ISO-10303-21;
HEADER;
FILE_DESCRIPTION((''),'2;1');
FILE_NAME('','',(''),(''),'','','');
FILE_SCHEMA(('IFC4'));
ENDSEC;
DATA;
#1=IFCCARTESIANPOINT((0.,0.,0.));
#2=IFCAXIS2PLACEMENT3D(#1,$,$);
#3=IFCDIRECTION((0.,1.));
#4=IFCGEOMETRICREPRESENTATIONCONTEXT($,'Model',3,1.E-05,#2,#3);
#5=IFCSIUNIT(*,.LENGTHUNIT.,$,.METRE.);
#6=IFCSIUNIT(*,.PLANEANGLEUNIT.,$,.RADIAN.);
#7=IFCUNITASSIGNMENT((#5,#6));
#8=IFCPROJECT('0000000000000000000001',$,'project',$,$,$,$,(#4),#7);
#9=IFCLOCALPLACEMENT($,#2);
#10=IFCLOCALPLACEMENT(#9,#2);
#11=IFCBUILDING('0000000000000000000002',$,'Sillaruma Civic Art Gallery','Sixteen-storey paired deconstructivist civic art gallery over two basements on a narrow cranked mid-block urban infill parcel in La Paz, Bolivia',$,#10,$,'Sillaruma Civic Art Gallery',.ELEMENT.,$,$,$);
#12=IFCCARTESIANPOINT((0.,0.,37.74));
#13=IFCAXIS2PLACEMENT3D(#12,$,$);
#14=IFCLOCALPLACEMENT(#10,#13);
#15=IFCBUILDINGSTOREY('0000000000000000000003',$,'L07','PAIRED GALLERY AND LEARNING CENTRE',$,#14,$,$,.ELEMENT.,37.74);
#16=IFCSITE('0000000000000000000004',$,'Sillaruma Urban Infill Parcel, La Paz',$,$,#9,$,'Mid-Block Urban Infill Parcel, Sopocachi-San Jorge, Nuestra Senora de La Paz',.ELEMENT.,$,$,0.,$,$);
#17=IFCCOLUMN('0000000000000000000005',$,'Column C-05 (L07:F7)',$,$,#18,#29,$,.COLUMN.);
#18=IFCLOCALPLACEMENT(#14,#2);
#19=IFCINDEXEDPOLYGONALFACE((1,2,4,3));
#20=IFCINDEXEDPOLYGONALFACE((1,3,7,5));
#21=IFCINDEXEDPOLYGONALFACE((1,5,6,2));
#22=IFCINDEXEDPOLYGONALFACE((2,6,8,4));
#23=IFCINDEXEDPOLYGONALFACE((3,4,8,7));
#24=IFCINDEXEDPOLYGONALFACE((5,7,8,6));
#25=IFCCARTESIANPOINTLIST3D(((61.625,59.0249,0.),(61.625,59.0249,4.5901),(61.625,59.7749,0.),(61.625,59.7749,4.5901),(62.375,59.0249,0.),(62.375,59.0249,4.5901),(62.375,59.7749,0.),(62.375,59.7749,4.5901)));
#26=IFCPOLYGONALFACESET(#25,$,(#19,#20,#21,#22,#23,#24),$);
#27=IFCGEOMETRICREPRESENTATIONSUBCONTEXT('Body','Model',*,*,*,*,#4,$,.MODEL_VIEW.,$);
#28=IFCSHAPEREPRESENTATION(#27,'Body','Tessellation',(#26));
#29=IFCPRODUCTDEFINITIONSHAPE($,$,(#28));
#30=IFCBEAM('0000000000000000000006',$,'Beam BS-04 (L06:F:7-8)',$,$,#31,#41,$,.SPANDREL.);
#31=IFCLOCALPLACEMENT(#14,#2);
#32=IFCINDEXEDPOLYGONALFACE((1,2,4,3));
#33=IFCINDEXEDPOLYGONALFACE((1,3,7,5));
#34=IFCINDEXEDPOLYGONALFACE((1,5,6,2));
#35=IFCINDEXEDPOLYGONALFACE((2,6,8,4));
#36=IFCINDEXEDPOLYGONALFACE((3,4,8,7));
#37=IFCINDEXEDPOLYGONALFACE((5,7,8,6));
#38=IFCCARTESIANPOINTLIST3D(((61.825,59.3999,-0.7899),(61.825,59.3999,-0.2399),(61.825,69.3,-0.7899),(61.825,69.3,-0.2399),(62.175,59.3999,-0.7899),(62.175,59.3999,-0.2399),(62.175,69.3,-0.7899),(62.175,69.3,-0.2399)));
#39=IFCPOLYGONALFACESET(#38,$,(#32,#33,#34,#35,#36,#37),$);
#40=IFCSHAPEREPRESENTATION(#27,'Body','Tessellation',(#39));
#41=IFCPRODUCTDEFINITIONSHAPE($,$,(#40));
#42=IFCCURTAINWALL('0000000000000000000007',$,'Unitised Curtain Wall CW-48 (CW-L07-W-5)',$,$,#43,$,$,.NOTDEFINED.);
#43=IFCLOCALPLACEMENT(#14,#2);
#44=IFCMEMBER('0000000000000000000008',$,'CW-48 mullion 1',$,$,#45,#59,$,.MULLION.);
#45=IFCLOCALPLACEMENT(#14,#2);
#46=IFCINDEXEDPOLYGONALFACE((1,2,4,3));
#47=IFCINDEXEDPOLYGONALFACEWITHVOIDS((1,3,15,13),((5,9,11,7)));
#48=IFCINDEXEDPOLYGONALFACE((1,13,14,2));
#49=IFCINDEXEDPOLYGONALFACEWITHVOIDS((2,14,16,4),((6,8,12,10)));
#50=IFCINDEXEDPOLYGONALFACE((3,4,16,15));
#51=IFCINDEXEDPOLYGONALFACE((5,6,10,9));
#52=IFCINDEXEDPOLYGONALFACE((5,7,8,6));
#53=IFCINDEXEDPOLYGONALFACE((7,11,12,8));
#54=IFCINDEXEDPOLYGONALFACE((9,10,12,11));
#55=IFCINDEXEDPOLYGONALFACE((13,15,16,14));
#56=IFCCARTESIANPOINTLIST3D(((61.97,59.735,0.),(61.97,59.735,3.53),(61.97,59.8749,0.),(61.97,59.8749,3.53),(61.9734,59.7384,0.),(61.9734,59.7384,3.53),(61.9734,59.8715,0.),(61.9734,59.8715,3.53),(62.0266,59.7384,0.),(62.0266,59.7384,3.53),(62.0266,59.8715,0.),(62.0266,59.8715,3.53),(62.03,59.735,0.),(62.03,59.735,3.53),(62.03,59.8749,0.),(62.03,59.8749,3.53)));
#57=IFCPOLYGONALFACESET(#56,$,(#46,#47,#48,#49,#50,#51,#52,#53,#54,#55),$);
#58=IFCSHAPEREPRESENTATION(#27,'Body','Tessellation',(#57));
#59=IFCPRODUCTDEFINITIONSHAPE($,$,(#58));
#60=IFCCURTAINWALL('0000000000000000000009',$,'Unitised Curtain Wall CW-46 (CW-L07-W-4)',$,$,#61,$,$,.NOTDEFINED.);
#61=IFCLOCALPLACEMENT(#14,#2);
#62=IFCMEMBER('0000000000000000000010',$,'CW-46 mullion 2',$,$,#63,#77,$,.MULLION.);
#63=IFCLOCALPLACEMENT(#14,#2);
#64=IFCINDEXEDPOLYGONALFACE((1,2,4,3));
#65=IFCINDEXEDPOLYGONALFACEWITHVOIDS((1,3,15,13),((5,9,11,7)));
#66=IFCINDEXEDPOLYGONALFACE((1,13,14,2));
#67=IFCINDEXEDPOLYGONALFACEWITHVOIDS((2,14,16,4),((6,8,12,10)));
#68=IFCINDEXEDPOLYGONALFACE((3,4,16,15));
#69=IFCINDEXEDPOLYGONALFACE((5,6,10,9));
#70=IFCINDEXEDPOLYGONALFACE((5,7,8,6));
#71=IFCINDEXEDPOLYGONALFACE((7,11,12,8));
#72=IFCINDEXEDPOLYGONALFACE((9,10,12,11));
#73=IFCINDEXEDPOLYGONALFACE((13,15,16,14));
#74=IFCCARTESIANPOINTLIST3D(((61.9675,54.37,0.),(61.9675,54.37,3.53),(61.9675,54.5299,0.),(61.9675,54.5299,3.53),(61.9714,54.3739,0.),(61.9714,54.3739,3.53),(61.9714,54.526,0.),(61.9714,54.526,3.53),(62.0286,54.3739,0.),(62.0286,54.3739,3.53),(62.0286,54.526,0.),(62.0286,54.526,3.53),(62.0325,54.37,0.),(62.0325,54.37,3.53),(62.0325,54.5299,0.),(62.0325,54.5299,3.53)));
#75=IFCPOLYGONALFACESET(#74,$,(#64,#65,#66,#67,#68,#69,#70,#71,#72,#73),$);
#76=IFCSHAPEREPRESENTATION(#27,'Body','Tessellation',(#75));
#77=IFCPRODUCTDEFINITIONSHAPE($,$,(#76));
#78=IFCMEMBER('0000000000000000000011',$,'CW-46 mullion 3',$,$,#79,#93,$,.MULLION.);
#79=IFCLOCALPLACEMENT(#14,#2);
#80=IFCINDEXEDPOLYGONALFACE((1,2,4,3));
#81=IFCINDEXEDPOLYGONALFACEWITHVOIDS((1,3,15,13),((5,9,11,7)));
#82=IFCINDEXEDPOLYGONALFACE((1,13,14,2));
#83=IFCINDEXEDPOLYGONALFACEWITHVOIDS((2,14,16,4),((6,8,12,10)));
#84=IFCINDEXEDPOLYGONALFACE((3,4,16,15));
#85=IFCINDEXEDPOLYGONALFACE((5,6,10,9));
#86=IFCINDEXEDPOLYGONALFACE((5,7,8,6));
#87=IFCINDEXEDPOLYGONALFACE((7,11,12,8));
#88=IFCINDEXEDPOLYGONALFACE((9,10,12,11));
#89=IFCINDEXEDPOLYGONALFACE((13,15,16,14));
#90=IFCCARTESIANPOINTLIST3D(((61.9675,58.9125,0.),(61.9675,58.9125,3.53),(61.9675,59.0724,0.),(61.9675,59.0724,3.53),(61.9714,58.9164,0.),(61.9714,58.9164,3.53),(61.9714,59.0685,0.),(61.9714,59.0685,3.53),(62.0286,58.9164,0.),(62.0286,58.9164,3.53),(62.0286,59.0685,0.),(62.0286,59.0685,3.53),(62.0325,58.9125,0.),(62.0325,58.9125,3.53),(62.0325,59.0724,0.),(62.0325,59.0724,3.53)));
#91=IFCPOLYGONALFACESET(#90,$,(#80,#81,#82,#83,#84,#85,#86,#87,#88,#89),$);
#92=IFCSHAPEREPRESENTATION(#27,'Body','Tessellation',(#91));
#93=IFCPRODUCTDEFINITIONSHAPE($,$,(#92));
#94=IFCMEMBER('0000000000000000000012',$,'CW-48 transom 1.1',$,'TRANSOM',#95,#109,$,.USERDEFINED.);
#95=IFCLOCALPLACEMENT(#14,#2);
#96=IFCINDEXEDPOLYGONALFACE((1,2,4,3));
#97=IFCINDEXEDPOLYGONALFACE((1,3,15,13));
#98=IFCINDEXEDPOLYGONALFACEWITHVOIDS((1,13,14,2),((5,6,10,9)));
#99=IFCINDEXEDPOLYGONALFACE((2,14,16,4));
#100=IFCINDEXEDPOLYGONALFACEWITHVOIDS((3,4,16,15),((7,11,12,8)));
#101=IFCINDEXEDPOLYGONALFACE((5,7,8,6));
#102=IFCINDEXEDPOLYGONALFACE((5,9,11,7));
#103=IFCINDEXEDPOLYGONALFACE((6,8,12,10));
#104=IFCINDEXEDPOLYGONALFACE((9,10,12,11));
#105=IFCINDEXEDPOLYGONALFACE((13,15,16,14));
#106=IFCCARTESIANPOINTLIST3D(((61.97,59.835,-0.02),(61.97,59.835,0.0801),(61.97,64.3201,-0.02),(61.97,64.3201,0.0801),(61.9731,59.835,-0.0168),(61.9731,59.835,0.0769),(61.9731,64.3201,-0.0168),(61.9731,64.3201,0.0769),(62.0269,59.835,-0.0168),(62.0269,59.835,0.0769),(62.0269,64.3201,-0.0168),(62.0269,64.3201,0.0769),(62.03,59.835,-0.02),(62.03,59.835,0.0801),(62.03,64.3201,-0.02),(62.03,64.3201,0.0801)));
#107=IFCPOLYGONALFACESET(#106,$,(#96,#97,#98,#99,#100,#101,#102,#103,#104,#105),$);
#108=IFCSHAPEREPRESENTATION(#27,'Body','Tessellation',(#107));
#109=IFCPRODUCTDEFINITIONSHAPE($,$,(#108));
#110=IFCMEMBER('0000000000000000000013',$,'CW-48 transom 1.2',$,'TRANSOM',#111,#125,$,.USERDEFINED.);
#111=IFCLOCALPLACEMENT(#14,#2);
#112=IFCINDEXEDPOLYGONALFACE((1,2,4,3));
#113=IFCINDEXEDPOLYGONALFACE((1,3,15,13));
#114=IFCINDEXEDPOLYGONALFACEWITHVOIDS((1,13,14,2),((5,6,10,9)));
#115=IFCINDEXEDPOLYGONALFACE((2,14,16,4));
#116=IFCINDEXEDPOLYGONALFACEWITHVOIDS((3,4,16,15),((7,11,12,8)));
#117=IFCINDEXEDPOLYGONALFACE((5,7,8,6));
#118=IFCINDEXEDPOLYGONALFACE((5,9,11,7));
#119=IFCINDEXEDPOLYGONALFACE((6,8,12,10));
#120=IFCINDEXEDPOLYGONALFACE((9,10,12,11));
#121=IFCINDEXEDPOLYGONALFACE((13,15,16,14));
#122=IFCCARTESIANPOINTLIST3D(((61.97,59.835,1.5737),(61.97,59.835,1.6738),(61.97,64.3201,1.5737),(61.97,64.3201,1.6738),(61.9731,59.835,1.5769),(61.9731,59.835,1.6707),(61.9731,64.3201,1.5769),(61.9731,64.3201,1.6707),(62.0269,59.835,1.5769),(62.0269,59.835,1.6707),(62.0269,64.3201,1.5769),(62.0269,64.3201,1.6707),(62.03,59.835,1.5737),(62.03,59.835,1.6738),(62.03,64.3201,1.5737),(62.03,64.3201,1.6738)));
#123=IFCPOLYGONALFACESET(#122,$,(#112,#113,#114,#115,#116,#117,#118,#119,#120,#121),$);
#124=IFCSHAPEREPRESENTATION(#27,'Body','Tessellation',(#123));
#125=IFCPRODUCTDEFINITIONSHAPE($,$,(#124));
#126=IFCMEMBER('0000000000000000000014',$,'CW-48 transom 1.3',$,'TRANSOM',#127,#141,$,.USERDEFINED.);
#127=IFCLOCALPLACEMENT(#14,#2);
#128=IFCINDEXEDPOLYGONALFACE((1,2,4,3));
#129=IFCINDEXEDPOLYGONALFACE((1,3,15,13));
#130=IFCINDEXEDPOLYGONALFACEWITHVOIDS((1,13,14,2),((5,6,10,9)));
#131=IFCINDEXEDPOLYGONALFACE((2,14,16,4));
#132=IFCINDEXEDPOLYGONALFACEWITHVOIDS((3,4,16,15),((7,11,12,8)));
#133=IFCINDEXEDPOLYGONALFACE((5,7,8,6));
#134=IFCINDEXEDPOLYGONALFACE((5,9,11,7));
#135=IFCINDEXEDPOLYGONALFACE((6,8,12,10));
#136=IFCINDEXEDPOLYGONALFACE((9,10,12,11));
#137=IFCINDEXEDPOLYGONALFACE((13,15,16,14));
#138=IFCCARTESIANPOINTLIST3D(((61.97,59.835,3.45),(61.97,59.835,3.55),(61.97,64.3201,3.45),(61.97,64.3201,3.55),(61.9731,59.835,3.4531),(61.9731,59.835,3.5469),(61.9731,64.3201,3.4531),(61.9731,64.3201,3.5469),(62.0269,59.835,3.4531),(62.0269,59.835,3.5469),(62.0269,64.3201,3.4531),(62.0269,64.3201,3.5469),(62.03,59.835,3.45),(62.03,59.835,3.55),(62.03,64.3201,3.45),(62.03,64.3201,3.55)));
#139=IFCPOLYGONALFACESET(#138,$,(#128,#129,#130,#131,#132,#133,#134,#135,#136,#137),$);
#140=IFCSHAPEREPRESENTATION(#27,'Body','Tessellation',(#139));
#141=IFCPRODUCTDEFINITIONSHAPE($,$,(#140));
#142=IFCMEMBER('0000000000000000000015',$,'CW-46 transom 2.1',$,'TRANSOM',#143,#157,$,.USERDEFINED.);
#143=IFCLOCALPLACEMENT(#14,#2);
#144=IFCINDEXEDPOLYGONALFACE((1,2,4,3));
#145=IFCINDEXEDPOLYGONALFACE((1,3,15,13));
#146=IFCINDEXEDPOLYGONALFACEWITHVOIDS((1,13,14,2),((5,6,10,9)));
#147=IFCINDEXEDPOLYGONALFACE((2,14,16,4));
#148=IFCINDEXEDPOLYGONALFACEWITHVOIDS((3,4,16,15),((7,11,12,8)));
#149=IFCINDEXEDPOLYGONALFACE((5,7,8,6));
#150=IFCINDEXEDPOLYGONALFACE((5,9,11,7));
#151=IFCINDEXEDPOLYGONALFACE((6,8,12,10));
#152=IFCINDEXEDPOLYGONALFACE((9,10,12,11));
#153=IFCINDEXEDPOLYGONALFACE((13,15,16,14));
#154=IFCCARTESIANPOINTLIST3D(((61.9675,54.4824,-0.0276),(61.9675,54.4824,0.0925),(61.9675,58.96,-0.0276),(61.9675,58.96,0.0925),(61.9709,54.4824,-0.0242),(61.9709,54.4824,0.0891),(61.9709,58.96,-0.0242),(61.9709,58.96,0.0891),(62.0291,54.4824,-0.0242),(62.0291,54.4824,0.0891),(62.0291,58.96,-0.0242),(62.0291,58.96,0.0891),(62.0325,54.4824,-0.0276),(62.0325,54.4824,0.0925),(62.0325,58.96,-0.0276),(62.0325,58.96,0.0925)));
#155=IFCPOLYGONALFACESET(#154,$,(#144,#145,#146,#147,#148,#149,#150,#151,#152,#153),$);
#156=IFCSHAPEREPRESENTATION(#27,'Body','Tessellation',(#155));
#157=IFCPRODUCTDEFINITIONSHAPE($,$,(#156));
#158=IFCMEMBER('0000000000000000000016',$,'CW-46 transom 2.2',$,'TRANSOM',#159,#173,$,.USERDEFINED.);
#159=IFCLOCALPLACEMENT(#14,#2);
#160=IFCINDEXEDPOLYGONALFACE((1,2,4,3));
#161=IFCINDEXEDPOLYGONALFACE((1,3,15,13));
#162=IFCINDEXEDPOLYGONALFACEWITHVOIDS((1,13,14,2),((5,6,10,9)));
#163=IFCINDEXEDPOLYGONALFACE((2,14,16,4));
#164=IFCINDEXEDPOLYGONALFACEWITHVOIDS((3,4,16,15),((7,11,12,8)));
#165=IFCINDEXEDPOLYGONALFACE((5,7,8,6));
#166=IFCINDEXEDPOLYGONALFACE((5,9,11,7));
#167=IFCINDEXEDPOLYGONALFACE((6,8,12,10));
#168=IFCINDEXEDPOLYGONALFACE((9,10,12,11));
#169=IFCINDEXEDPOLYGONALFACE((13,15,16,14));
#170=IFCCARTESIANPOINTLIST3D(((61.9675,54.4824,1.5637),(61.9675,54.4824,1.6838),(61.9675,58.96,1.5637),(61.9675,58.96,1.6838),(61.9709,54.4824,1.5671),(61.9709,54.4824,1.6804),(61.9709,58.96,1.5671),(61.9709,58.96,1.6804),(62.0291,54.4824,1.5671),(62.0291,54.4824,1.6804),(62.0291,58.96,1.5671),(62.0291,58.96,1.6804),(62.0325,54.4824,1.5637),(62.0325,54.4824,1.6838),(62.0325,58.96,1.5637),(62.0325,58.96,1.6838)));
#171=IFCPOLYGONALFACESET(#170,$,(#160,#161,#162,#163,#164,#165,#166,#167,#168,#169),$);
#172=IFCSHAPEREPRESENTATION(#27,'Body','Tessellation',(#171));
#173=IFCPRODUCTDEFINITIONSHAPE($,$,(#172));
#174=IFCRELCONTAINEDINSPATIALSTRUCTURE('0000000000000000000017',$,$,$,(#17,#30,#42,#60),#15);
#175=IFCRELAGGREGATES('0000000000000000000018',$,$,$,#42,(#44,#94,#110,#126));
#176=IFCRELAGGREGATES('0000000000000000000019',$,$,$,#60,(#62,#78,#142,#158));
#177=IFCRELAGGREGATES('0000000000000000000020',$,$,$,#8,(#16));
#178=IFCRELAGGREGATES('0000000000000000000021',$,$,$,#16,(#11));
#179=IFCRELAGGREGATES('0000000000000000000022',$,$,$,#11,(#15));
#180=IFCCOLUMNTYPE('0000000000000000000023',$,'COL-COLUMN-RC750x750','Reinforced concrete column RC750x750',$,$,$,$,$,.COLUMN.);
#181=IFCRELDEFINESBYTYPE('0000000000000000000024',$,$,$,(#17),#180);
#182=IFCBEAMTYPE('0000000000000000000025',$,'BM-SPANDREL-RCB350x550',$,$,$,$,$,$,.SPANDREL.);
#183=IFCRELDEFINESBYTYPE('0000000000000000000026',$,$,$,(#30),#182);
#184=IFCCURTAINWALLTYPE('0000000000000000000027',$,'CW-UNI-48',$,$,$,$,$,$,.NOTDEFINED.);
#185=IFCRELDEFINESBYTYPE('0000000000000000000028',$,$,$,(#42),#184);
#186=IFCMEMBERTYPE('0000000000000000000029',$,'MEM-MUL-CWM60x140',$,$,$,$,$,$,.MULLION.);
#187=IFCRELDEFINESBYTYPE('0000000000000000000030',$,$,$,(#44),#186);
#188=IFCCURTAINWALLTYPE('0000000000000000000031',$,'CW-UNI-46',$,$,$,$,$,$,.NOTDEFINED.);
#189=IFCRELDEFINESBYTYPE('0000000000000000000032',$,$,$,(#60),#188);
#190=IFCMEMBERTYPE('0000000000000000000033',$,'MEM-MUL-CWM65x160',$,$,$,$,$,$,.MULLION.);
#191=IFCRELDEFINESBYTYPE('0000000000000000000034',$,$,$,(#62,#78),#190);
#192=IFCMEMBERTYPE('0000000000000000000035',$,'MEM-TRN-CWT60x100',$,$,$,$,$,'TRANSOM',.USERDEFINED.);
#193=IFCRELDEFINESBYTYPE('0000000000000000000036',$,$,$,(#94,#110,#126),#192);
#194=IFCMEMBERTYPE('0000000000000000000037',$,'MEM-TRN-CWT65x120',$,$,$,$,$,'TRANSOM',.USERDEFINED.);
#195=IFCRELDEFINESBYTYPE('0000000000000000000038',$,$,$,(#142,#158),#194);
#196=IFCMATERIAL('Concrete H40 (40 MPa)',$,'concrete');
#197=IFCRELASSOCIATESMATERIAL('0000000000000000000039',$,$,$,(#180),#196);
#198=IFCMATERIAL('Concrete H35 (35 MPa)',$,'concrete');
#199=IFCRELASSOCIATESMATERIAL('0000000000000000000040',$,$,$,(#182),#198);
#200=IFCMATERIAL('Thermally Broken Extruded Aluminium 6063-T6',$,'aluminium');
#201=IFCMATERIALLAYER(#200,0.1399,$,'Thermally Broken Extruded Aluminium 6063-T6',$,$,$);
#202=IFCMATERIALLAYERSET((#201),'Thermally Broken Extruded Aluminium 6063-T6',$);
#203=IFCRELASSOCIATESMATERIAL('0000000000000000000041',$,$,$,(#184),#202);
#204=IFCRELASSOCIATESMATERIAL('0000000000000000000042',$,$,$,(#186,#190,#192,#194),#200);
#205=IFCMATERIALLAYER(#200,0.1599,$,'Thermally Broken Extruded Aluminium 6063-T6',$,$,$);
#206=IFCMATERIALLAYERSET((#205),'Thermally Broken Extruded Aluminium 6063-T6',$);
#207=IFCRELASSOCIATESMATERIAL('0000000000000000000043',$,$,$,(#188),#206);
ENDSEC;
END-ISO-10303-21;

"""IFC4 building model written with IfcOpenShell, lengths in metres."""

from ifc_helpers import new_model, si_unit, direction, frame, origin, origin_2d, place, context, subcontext, project, spatial, rectangle, hollow_rectangle, extrude, material, layer, layer_set, material_profile, profile_set, type_object, element, aggregate, save


model = new_model("IFC4")

# Units and contexts
model_context = context("Model", 3, precision=1e-05, world=origin(), true_north=direction((0.0, 1.0)))
body_context = subcontext(model_context, "Body", "Model", "MODEL_VIEW")
ifc_project = project(units=[si_unit("LENGTHUNIT", "METRE"), si_unit("PLANEANGLEUNIT", "RADIAN")], contexts=[model_context])

# Site, building, storey
site_placement = place(None, origin())
site = spatial("IfcSite", under=ifc_project, at=site_placement, Name="Sillaruma Urban Infill Parcel, La Paz", LongName="Mid-Block Urban Infill Parcel, Sopocachi-San Jorge, Nuestra Senora de La Paz", CompositionType="ELEMENT", RefElevation=0.0)
building_placement = place(site_placement, origin())
building = spatial("IfcBuilding", under=site, at=building_placement, Name="Sillaruma Civic Art Gallery", Description="Sixteen-storey paired deconstructivist civic art gallery over two basements on a narrow cranked mid-block urban infill parcel in La Paz, Bolivia", LongName="Sillaruma Civic Art Gallery", CompositionType="ELEMENT")
storey_placement = place(building_placement, frame((0.0, 0.0, 37.74)))
storey = spatial("IfcBuildingStorey", under=building, at=storey_placement, Name="L07", Description="PAIRED GALLERY AND LEARNING CENTRE", CompositionType="ELEMENT", Elevation=37.74)

# Column
ifc_material_1 = material(Name="Concrete H40 (40 MPa)", Category="concrete")
ifc_material_profile_1 = material_profile(ifc_material_1, rectangle(XDim=0.75, YDim=0.75, at=origin_2d()), Name="RC750x750")
ifc_profile_set_1 = profile_set([ifc_material_profile_1], Name="Concrete H40 (40 MPa)")
column_type = type_object("IfcColumnType", Name="COL-COLUMN-RC750x750", Description="Reinforced concrete column RC750x750", PredefinedType="COLUMN", material=ifc_profile_set_1)
column_placement = place(storey_placement, frame((62.0, 59.3999, 0.0), z_axis=(0.0, 0.0, 1.0), x_axis=(1.0, 0.0, 0.0)))
element("IfcColumn", 1, at=column_placement, inside=storey, type_object=column_type, Name="Column C-05 (L07:F7)", PredefinedType="COLUMN", context=body_context, shape_type="SweptSolid", body=[
    extrude(rectangle(XDim=0.75, YDim=0.75, at=origin_2d()), origin(), (0.0, 0.0, 1.0), 4.5901),
])

# Beam
ifc_material_2 = material(Name="Concrete H35 (35 MPa)", Category="concrete")
ifc_material_profile_2 = material_profile(ifc_material_2, rectangle(XDim=0.3501, YDim=0.55, at=origin_2d()), Name="RCB350x550")
ifc_profile_set_2 = profile_set([ifc_material_profile_2], Name="Concrete H35 (35 MPa)")
beam_type = type_object("IfcBeamType", Name="BM-SPANDREL-RCB350x550", PredefinedType="SPANDREL", material=ifc_profile_set_2)
beam_placement = place(storey_placement, frame((62.0, 59.3999, -0.5149), z_axis=(0.0, 1.0, 0.0), x_axis=(-1.0, 0.0, 0.0)))
element("IfcBeam", 2, at=beam_placement, inside=storey, type_object=beam_type, Name="Beam BS-04 (L06:F:7-8)", PredefinedType="SPANDREL", context=body_context, shape_type="SweptSolid", body=[
    extrude(rectangle(XDim=0.3501, YDim=0.55, at=origin_2d()), origin(), (0.0, 0.0, 1.0), 9.9001),
])

# Curtain wall, member
ifc_material_3 = material(Name="Thermally Broken Extruded Aluminium 6063-T6", Category="aluminium")
ifc_layer_1 = layer(ifc_material_3, 0.1399, Name="Thermally Broken Extruded Aluminium 6063-T6")
ifc_layer_set_1 = layer_set([ifc_layer_1], Name="Thermally Broken Extruded Aluminium 6063-T6")
curtain_wall_type_1 = type_object("IfcCurtainWallType", Name="CW-UNI-48", PredefinedType="NOTDEFINED", material=ifc_layer_set_1)
curtain_wall_1_placement = place(storey_placement, origin())
curtain_wall_1 = element("IfcCurtainWall", 3, at=curtain_wall_1_placement, inside=storey, type_object=curtain_wall_type_1, Name="Unitised Curtain Wall CW-48 (CW-L07-W-5)", PredefinedType="NOTDEFINED")
ifc_material_profile_3 = material_profile(ifc_material_3, hollow_rectangle(XDim=0.0601, YDim=0.1399, WallThickness=0.0034, at=origin_2d()), Name="CWM60x140")
ifc_profile_set_3 = profile_set([ifc_material_profile_3], Name="Thermally Broken Extruded Aluminium 6063-T6")
member_type_1 = type_object("IfcMemberType", Name="MEM-MUL-CWM60x140", PredefinedType="MULLION", material=ifc_profile_set_3)
member_1_placement = place(storey_placement, frame((62.0, 59.8049, 0.0), z_axis=(0.0, 0.0, 1.0), x_axis=(-1.0, 0.0, 0.0)))
member_1 = element("IfcMember", 4, at=member_1_placement, type_object=member_type_1, Name="CW-48 mullion 1", PredefinedType="MULLION", context=body_context, shape_type="SweptSolid", body=[
    extrude(hollow_rectangle(XDim=0.0601, YDim=0.1399, WallThickness=0.0034, at=origin_2d()), origin(), (0.0, 0.0, 1.0), 3.53),
])

# Curtain wall, members
ifc_layer_2 = layer(ifc_material_3, 0.1599, Name="Thermally Broken Extruded Aluminium 6063-T6")
ifc_layer_set_2 = layer_set([ifc_layer_2], Name="Thermally Broken Extruded Aluminium 6063-T6")
curtain_wall_type_2 = type_object("IfcCurtainWallType", Name="CW-UNI-46", PredefinedType="NOTDEFINED", material=ifc_layer_set_2)
curtain_wall_2_placement = place(storey_placement, origin())
curtain_wall_2 = element("IfcCurtainWall", 5, at=curtain_wall_2_placement, inside=storey, type_object=curtain_wall_type_2, Name="Unitised Curtain Wall CW-46 (CW-L07-W-4)", PredefinedType="NOTDEFINED")
ifc_material_profile_4 = material_profile(ifc_material_3, hollow_rectangle(XDim=0.0649, YDim=0.1599, WallThickness=0.0039, at=origin_2d()), Name="CWM65x160")
ifc_profile_set_4 = profile_set([ifc_material_profile_4], Name="Thermally Broken Extruded Aluminium 6063-T6")
member_type_2 = type_object("IfcMemberType", Name="MEM-MUL-CWM65x160", PredefinedType="MULLION", material=ifc_profile_set_4)
member_2_placement = place(storey_placement, frame((62.0, 54.45, 0.0), z_axis=(0.0, 0.0, 1.0), x_axis=(-1.0, 0.0, 0.0)))
member_2 = element("IfcMember", 6, at=member_2_placement, type_object=member_type_2, Name="CW-46 mullion 2", PredefinedType="MULLION", context=body_context, shape_type="SweptSolid", body=[
    extrude(hollow_rectangle(XDim=0.0649, YDim=0.1599, WallThickness=0.0039, at=origin_2d()), origin(), (0.0, 0.0, 1.0), 3.53),
])
member_3_placement = place(storey_placement, frame((62.0, 58.9924, 0.0), z_axis=(0.0, 0.0, 1.0), x_axis=(-1.0, 0.0, 0.0)))
member_3 = element("IfcMember", 7, at=member_3_placement, type_object=member_type_2, Name="CW-46 mullion 3", PredefinedType="MULLION", context=body_context, shape_type="SweptSolid", body=[
    extrude(hollow_rectangle(XDim=0.0649, YDim=0.1599, WallThickness=0.0039, at=origin_2d()), origin(), (0.0, 0.0, 1.0), 3.53),
])

# Members
ifc_material_profile_5 = material_profile(ifc_material_3, hollow_rectangle(XDim=0.0601, YDim=0.1001, WallThickness=0.0032, at=origin_2d()), Name="CWT60x100")
ifc_profile_set_5 = profile_set([ifc_material_profile_5], Name="Thermally Broken Extruded Aluminium 6063-T6")
member_type_3 = type_object("IfcMemberType", Name="MEM-TRN-CWT60x100", ElementType="TRANSOM", PredefinedType="USERDEFINED", material=ifc_profile_set_5)
member_4_placement = place(storey_placement, frame((62.0, 59.835, 0.03), z_axis=(0.0, 1.0, 0.0), x_axis=(-1.0, 0.0, 0.0)))
member_4 = element("IfcMember", 8, at=member_4_placement, type_object=member_type_3, Name="CW-48 transom 1.1", ObjectType="TRANSOM", PredefinedType="USERDEFINED", context=body_context, shape_type="SweptSolid", body=[
    extrude(hollow_rectangle(XDim=0.0601, YDim=0.1001, WallThickness=0.0032, at=origin_2d()), origin(), (0.0, 0.0, 1.0), 4.4851),
])
member_5_placement = place(storey_placement, frame((62.0, 59.835, 1.6238), z_axis=(0.0, 1.0, 0.0), x_axis=(-1.0, 0.0, 0.0)))
member_5 = element("IfcMember", 9, at=member_5_placement, type_object=member_type_3, Name="CW-48 transom 1.2", ObjectType="TRANSOM", PredefinedType="USERDEFINED", context=body_context, shape_type="SweptSolid", body=[
    extrude(hollow_rectangle(XDim=0.0601, YDim=0.1001, WallThickness=0.0032, at=origin_2d()), origin(), (0.0, 0.0, 1.0), 4.4851),
])
member_6_placement = place(storey_placement, frame((62.0, 59.835, 3.5), z_axis=(0.0, 1.0, 0.0), x_axis=(-1.0, 0.0, 0.0)))
member_6 = element("IfcMember", 10, at=member_6_placement, type_object=member_type_3, Name="CW-48 transom 1.3", ObjectType="TRANSOM", PredefinedType="USERDEFINED", context=body_context, shape_type="SweptSolid", body=[
    extrude(hollow_rectangle(XDim=0.0601, YDim=0.1001, WallThickness=0.0032, at=origin_2d()), origin(), (0.0, 0.0, 1.0), 4.4851),
])
ifc_material_profile_6 = material_profile(ifc_material_3, hollow_rectangle(XDim=0.0649, YDim=0.1201, WallThickness=0.0034, at=origin_2d()), Name="CWT65x120")
ifc_profile_set_6 = profile_set([ifc_material_profile_6], Name="Thermally Broken Extruded Aluminium 6063-T6")
member_type_4 = type_object("IfcMemberType", Name="MEM-TRN-CWT65x120", ElementType="TRANSOM", PredefinedType="USERDEFINED", material=ifc_profile_set_6)
member_7_placement = place(storey_placement, frame((62.0, 54.4824, 0.0325), z_axis=(0.0, 1.0, 0.0), x_axis=(-1.0, 0.0, 0.0)))
member_7 = element("IfcMember", 11, at=member_7_placement, type_object=member_type_4, Name="CW-46 transom 2.1", ObjectType="TRANSOM", PredefinedType="USERDEFINED", context=body_context, shape_type="SweptSolid", body=[
    extrude(hollow_rectangle(XDim=0.0649, YDim=0.1201, WallThickness=0.0034, at=origin_2d()), origin(), (0.0, 0.0, 1.0), 4.4775),
])
member_8_placement = place(storey_placement, frame((62.0, 54.4824, 1.6238), z_axis=(0.0, 1.0, 0.0), x_axis=(-1.0, 0.0, 0.0)))
member_8 = element("IfcMember", 12, at=member_8_placement, type_object=member_type_4, Name="CW-46 transom 2.2", ObjectType="TRANSOM", PredefinedType="USERDEFINED", context=body_context, shape_type="SweptSolid", body=[
    extrude(hollow_rectangle(XDim=0.0649, YDim=0.1201, WallThickness=0.0034, at=origin_2d()), origin(), (0.0, 0.0, 1.0), 4.4775),
])

aggregate(curtain_wall_1, [member_1, member_4, member_5, member_6])
aggregate(curtain_wall_2, [member_2, member_3, member_7, member_8])

save(model, "model.ifc")
